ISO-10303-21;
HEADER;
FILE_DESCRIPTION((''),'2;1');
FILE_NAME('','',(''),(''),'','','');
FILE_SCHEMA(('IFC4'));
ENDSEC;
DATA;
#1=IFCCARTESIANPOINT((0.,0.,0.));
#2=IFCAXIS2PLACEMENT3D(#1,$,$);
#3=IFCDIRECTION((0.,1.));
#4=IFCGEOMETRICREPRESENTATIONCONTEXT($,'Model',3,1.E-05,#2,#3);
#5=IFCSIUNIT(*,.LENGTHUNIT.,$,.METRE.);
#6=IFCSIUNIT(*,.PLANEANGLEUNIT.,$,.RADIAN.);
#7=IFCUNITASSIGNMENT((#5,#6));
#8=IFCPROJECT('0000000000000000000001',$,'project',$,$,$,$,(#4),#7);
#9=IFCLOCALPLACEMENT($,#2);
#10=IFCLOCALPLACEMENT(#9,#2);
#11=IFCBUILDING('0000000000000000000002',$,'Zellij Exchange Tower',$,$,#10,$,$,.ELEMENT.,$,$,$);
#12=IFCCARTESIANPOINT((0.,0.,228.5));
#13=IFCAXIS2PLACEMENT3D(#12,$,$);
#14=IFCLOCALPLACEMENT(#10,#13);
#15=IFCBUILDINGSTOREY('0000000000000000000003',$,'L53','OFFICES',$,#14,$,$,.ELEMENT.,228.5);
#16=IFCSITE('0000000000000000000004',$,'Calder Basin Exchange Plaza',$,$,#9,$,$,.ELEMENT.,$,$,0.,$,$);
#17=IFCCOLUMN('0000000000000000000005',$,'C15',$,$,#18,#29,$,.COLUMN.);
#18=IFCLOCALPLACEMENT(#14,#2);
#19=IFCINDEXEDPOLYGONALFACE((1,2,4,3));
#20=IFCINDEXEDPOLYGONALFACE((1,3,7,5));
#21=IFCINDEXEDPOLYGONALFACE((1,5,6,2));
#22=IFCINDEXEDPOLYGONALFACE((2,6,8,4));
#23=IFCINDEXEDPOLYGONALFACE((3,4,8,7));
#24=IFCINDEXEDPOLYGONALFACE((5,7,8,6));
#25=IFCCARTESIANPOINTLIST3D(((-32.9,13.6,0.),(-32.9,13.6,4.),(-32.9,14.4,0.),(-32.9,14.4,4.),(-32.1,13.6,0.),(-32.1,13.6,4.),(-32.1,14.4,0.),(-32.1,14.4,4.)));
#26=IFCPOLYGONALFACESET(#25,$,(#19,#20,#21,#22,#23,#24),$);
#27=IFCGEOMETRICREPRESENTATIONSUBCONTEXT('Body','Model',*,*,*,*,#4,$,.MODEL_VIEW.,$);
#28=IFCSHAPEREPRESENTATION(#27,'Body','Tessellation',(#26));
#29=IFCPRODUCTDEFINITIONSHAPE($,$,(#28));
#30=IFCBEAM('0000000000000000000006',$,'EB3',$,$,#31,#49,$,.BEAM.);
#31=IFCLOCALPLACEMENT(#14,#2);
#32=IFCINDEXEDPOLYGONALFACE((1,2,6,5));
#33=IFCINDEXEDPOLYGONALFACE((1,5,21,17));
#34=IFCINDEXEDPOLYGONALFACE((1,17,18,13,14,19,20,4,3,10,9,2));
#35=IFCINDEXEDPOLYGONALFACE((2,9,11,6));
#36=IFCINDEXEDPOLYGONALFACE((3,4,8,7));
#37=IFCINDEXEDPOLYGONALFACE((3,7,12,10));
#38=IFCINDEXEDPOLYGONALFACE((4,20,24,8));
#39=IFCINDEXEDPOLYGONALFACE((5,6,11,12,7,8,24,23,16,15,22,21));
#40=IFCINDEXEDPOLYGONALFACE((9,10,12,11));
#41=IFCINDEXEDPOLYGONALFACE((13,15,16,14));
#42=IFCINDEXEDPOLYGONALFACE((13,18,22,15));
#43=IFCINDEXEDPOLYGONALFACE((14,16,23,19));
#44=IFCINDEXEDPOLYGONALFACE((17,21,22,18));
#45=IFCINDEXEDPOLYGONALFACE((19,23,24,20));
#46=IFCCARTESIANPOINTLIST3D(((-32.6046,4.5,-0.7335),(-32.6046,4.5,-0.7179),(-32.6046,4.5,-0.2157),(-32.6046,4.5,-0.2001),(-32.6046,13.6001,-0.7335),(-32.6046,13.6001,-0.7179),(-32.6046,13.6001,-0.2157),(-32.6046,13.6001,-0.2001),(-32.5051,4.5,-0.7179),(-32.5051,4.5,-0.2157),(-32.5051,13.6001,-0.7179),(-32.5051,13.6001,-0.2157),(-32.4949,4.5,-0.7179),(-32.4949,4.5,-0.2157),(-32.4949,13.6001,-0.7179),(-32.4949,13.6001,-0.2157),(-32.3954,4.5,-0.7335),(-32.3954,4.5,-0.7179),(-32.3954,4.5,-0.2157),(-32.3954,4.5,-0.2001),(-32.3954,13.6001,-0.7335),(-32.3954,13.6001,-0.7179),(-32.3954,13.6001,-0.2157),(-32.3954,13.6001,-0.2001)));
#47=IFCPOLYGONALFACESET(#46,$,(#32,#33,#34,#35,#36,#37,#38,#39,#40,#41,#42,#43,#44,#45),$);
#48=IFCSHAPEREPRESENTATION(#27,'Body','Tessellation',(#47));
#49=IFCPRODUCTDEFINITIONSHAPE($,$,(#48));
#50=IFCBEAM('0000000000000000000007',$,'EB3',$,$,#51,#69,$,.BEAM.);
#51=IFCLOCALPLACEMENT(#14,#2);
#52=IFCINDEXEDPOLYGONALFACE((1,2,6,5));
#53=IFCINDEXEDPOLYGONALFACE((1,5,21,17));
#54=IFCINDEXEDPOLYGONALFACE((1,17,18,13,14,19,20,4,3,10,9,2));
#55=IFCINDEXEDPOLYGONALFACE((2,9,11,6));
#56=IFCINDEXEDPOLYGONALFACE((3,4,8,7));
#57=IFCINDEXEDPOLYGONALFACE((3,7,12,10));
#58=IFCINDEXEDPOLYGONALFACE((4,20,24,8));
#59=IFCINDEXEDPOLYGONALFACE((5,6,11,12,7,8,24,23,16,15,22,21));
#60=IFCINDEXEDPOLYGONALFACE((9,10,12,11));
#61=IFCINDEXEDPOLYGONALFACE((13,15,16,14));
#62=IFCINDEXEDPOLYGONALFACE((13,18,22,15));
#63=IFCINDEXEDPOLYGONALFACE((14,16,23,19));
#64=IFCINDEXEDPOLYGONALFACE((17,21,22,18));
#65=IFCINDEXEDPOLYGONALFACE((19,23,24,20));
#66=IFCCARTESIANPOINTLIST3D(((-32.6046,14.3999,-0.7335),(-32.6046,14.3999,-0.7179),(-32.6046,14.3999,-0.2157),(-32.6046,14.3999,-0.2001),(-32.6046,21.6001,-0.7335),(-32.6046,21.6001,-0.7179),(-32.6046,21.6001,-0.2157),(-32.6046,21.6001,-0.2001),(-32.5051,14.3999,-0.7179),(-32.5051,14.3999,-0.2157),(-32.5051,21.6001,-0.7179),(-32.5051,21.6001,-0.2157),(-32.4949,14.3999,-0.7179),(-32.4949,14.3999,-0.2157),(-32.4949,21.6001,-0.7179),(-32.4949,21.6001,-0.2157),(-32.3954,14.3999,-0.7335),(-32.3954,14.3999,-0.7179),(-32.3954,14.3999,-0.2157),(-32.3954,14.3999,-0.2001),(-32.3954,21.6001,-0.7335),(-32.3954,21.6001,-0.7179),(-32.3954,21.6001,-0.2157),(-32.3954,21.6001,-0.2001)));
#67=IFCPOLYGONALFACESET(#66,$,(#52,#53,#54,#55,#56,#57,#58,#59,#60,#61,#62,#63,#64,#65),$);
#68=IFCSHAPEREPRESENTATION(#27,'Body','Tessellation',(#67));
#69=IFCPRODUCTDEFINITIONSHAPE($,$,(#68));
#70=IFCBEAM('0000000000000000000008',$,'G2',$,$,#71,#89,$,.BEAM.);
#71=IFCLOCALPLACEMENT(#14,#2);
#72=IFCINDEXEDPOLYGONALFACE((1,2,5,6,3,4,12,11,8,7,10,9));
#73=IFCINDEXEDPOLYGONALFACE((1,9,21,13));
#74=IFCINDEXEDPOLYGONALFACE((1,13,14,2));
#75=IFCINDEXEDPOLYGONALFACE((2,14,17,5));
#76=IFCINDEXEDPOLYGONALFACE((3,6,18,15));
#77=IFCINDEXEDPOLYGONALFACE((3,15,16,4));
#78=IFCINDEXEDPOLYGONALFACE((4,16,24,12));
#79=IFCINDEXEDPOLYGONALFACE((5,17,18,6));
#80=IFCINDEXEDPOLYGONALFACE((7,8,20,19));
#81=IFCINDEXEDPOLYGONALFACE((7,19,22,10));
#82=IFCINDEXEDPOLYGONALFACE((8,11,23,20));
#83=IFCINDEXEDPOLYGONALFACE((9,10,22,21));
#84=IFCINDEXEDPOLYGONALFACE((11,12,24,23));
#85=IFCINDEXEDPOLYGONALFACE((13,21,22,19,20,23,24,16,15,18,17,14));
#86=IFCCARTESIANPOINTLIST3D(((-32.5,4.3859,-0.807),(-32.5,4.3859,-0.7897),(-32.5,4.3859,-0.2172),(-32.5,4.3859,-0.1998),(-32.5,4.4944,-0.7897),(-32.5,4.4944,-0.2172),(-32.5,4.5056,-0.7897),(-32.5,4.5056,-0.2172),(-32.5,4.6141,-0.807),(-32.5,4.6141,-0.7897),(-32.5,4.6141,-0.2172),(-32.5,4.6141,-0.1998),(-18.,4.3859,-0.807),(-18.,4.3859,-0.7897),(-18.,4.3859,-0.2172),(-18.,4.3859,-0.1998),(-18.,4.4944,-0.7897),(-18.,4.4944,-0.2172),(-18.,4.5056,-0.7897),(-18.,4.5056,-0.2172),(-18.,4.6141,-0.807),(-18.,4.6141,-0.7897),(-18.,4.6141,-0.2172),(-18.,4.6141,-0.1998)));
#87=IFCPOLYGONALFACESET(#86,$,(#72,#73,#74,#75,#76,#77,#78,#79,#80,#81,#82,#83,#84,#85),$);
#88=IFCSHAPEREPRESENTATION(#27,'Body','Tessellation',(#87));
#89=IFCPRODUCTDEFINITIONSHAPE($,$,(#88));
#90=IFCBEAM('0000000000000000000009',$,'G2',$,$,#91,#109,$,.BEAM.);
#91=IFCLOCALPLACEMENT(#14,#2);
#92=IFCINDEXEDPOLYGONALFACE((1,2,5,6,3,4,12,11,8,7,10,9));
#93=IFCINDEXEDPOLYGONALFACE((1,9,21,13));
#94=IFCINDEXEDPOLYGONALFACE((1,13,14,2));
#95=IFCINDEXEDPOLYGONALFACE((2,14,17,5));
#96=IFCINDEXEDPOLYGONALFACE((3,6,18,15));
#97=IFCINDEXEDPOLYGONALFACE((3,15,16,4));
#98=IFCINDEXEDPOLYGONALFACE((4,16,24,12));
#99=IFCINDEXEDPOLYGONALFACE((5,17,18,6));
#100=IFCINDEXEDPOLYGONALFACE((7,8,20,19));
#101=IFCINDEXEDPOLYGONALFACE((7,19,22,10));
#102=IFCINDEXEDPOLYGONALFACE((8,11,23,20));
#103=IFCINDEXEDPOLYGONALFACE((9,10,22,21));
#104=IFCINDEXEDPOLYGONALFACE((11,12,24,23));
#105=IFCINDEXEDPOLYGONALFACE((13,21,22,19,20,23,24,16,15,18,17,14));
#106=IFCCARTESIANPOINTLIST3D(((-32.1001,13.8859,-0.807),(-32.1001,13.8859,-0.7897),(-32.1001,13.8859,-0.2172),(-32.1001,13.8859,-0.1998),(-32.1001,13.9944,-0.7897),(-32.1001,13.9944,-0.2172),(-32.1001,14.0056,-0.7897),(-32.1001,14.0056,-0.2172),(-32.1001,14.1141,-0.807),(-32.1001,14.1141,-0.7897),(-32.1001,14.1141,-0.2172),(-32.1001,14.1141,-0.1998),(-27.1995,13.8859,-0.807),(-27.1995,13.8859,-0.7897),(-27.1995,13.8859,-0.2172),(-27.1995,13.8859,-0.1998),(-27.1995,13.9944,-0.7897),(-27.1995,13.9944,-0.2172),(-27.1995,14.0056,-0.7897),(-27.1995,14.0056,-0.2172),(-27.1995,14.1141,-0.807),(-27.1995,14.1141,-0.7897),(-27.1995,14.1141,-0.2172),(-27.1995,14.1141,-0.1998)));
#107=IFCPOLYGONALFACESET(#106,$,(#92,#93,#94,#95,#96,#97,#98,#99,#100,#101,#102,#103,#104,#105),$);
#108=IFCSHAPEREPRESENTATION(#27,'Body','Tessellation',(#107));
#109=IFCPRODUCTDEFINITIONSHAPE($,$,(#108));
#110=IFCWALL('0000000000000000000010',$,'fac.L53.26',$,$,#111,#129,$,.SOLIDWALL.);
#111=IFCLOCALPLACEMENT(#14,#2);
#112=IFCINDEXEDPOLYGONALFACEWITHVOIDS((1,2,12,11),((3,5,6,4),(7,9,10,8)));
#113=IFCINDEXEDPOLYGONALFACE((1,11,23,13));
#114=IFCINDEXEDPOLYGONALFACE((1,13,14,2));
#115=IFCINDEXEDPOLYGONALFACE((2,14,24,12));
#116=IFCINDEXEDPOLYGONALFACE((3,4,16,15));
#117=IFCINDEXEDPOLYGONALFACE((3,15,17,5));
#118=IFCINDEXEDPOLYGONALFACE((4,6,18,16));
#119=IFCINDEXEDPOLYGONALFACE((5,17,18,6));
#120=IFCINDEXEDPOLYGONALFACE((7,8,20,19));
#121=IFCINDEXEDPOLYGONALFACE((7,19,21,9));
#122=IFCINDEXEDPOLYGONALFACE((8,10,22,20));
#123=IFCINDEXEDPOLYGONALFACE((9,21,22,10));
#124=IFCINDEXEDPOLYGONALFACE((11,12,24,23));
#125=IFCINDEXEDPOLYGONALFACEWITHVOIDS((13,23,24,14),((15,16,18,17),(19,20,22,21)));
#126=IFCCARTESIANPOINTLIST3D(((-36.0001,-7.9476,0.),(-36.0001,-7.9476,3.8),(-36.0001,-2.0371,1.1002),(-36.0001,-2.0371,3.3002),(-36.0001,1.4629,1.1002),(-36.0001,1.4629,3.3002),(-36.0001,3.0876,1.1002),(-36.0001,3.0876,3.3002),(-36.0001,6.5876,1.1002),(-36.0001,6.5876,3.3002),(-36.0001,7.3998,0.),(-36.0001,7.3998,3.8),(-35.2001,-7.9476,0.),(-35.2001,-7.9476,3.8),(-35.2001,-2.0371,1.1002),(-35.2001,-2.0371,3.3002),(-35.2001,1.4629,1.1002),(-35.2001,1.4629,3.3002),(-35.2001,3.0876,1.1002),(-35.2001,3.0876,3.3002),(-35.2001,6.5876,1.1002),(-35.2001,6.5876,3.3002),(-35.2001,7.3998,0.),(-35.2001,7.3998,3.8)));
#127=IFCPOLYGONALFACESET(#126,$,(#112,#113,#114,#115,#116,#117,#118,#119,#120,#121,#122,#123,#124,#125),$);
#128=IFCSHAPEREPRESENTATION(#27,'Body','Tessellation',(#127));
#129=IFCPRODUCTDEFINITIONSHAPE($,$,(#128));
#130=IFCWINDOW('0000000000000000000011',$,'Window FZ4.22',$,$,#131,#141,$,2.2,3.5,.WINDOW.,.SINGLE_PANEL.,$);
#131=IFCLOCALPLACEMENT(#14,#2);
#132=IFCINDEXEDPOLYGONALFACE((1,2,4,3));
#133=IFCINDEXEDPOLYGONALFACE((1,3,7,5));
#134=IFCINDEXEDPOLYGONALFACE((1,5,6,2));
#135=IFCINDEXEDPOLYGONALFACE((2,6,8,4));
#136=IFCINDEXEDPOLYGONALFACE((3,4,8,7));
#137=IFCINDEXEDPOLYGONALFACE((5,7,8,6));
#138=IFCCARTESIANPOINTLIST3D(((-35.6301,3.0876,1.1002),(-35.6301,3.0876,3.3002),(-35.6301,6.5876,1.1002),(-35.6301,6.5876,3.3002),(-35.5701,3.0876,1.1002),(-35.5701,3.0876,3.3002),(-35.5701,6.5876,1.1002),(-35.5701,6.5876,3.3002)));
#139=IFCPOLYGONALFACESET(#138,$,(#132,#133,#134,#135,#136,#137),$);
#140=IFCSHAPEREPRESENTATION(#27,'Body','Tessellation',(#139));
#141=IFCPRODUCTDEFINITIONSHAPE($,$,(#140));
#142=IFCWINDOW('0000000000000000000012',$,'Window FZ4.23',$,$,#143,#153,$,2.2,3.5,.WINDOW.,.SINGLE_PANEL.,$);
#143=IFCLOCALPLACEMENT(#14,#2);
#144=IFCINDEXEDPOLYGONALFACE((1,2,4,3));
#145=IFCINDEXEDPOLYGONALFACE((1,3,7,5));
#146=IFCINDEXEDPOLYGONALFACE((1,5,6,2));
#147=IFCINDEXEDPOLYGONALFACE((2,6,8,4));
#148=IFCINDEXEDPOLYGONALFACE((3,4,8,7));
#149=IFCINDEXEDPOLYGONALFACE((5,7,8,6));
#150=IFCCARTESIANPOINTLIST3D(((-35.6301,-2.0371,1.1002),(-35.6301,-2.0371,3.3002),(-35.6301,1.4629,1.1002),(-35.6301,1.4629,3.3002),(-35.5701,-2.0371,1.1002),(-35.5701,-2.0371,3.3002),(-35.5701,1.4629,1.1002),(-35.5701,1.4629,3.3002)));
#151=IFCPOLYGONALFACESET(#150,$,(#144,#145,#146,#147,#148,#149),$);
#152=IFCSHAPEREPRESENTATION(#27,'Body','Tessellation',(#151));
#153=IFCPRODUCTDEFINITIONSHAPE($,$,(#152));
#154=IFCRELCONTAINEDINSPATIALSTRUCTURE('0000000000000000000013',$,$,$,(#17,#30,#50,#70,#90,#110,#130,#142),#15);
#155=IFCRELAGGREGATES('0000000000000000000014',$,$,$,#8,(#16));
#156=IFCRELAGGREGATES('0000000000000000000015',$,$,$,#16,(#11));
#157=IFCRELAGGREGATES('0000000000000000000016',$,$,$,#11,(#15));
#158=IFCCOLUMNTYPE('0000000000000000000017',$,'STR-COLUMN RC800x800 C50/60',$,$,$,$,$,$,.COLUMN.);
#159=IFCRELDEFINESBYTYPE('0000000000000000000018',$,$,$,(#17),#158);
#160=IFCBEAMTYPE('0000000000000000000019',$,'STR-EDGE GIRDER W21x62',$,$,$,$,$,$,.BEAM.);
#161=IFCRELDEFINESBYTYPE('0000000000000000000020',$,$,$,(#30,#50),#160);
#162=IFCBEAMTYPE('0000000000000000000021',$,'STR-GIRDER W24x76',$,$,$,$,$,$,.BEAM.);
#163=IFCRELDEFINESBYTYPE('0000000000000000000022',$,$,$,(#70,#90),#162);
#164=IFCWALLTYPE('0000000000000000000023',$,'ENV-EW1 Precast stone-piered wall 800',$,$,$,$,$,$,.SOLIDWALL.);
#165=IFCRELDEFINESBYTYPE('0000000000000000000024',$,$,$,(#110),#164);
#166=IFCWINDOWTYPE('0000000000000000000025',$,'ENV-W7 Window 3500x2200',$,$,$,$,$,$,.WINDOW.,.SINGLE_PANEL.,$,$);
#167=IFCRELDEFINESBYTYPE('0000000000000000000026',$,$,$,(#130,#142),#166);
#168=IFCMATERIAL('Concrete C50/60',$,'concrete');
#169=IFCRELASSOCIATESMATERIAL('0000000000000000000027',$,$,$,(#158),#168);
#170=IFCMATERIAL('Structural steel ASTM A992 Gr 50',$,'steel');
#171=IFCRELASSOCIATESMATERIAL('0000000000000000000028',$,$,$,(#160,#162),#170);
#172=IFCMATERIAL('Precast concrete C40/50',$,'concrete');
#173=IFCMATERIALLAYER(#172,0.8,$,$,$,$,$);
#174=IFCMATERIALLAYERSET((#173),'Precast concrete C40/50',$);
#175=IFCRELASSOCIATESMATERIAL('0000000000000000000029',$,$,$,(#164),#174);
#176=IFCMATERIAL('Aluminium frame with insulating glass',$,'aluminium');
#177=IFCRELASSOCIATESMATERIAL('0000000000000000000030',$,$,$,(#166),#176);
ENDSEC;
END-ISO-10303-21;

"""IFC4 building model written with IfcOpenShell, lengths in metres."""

from ifc_helpers import new_model, si_unit, direction, frame, frame_2d, origin, origin_2d, place, context, subcontext, project, spatial, rectangle, i_section, extrude, material, layer, layer_set, material_profile, profile_set, type_object, element, fill, save


model = new_model("IFC4")

# Units and contexts
model_context = context("Model", 3, precision=1e-05, world=origin(), true_north=direction((0.0, 1.0)))
body_context = subcontext(model_context, "Body", "Model", "MODEL_VIEW")
ifc_project = project(units=[si_unit("LENGTHUNIT", "METRE"), si_unit("PLANEANGLEUNIT", "RADIAN")], contexts=[model_context])

# Site, building, storey
site_placement = place(None, origin())
site = spatial("IfcSite", under=ifc_project, at=site_placement, Name="Calder Basin Exchange Plaza", CompositionType="ELEMENT", RefElevation=0.0)
building_placement = place(site_placement, origin())
building = spatial("IfcBuilding", under=site, at=building_placement, Name="Zellij Exchange Tower", CompositionType="ELEMENT")
storey_placement = place(building_placement, frame((0.0, 0.0, 228.5)))
storey = spatial("IfcBuildingStorey", under=building, at=storey_placement, Name="L53", Description="OFFICES", CompositionType="ELEMENT", Elevation=228.5)

# Column
ifc_material_1 = material(Name="Concrete C50/60", Category="concrete")
ifc_material_profile_1 = material_profile(ifc_material_1, rectangle(XDim=0.8, YDim=0.8, at=origin_2d()), Name="STR-COLUMN RC800x800 C50/60")
ifc_profile_set_1 = profile_set([ifc_material_profile_1], Name="Concrete C50/60")
column_type = type_object("IfcColumnType", Name="STR-COLUMN RC800x800 C50/60", PredefinedType="COLUMN", material=ifc_profile_set_1)
column_placement = place(storey_placement, frame((-32.5, 14.0, 0.0), z_axis=(0.0, 0.0, 1.0), x_axis=(1.0, 0.0, 0.0)))
element("IfcColumn", 1, at=column_placement, inside=storey, type_object=column_type, Name="C15", PredefinedType="COLUMN", context=body_context, shape_type="SweptSolid", body=[
    extrude(rectangle(XDim=0.8, YDim=0.8, at=origin_2d()), origin(), (0.0, 0.0, 1.0), 4.0),
])

# Beams
ifc_material_2 = material(Name="Structural steel ASTM A992 Gr 50", Category="steel")
ifc_material_profile_2 = material_profile(ifc_material_2, i_section(OverallWidth=0.2092, OverallDepth=0.5334, WebThickness=0.0103, FlangeThickness=0.0156, at=origin_2d()), Name="W21x62")
ifc_profile_set_2 = profile_set([ifc_material_profile_2], Name="Structural steel ASTM A992 Gr 50")
beam_type_1 = type_object("IfcBeamType", Name="STR-EDGE GIRDER W21x62", PredefinedType="BEAM", material=ifc_profile_set_2)
beam_1_placement = place(storey_placement, frame((-32.5, 4.5, -0.4668), z_axis=(0.0, 1.0, 0.0), x_axis=(-1.0, 0.0, 0.0)))
element("IfcBeam", 2, at=beam_1_placement, inside=storey, type_object=beam_type_1, Name="EB3", PredefinedType="BEAM", context=body_context, shape_type="SweptSolid", body=[
    extrude(i_section(OverallWidth=0.2092, OverallDepth=0.5334, WebThickness=0.0103, FlangeThickness=0.0156, at=origin_2d()), origin(), (0.0, 0.0, 1.0), 9.1001),
])
beam_2_placement = place(storey_placement, frame((-32.5, 14.3999, -0.4668), z_axis=(0.0, 1.0, 0.0), x_axis=(-1.0, 0.0, 0.0)))
element("IfcBeam", 3, at=beam_2_placement, inside=storey, type_object=beam_type_1, Name="EB3", PredefinedType="BEAM", context=body_context, shape_type="SweptSolid", body=[
    extrude(i_section(OverallWidth=0.2092, OverallDepth=0.5334, WebThickness=0.0103, FlangeThickness=0.0156, at=origin_2d()), origin(), (0.0, 0.0, 1.0), 7.2002),
])
ifc_material_profile_3 = material_profile(ifc_material_2, i_section(OverallWidth=0.2283, OverallDepth=0.6072, WebThickness=0.0112, FlangeThickness=0.0173, at=origin_2d()), Name="W24x76")
ifc_profile_set_3 = profile_set([ifc_material_profile_3], Name="Structural steel ASTM A992 Gr 50")
beam_type_2 = type_object("IfcBeamType", Name="STR-GIRDER W24x76", PredefinedType="BEAM", material=ifc_profile_set_3)
beam_3_placement = place(storey_placement, frame((-32.5, 4.5, -0.5034), z_axis=(1.0, 0.0, 0.0), x_axis=(0.0, 1.0, 0.0)))
element("IfcBeam", 4, at=beam_3_placement, inside=storey, type_object=beam_type_2, Name="G2", PredefinedType="BEAM", context=body_context, shape_type="SweptSolid", body=[
    extrude(i_section(OverallWidth=0.2283, OverallDepth=0.6072, WebThickness=0.0112, FlangeThickness=0.0173, at=origin_2d()), origin(), (0.0, 0.0, 1.0), 14.5),
])
beam_4_placement = place(storey_placement, frame((-32.1001, 14.0, -0.5034), z_axis=(1.0, 0.0, 0.0), x_axis=(0.0, 1.0, 0.0)))
element("IfcBeam", 5, at=beam_4_placement, inside=storey, type_object=beam_type_2, Name="G2", PredefinedType="BEAM", context=body_context, shape_type="SweptSolid", body=[
    extrude(i_section(OverallWidth=0.2283, OverallDepth=0.6072, WebThickness=0.0112, FlangeThickness=0.0173, at=origin_2d()), origin(), (0.0, 0.0, 1.0), 4.9006),
])

# Wall, openings, windows
ifc_material_3 = material(Name="Precast concrete C40/50", Category="concrete")
ifc_layer_1 = layer(ifc_material_3, 0.8)
ifc_layer_set_1 = layer_set([ifc_layer_1], Name="Precast concrete C40/50")
wall_type_1 = type_object("IfcWallType", Name="ENV-EW1 Precast stone-piered wall 800", PredefinedType="SOLIDWALL", material=ifc_layer_set_1)
wall_1_placement = place(storey_placement, frame((-35.6001, 7.3999, 0.0), z_axis=(0.0, 0.0, 1.0), x_axis=(0.0, -1.0, 0.0)))
wall_1 = element("IfcWall", 6, at=wall_1_placement, inside=storey, type_object=wall_type_1, Name="fac.L53.26", PredefinedType="SOLIDWALL", context=body_context, shape_type="SweptSolid", body=[
    extrude(rectangle(XDim=15.3474, YDim=0.8, at=frame_2d((7.6738, 0.0))), origin(), (0.0, 0.0, 1.0), 3.8),
])
opening_1_placement = place(wall_1_placement, frame((0.8123, 0.0, 1.1001)))
opening_1 = element("IfcOpeningElement", 7, at=opening_1_placement, cuts=wall_1, PredefinedType="OPENING", context=body_context, shape_type="SweptSolid", body=[
    extrude(rectangle(XDim=3.5, YDim=2.2, at=frame_2d((1.75, 1.1001))), frame((0.0, 0.4121, 0.0), z_axis=(0.0, -1.0, 0.0), x_axis=(1.0, 0.0, 0.0)), (0.0, 0.0, 1.0), 0.824),
])
opening_2_placement = place(wall_1_placement, frame((5.937, 0.0, 1.1001)))
opening_2 = element("IfcOpeningElement", 8, at=opening_2_placement, cuts=wall_1, PredefinedType="OPENING", context=body_context, shape_type="SweptSolid", body=[
    extrude(rectangle(XDim=3.5, YDim=2.2, at=frame_2d((1.75, 1.1001))), frame((0.0, 0.4121, 0.0), z_axis=(0.0, -1.0, 0.0), x_axis=(1.0, 0.0, 0.0)), (0.0, 0.0, 1.0), 0.824),
])
ifc_material_4 = material(Name="Aluminium frame with insulating glass", Category="aluminium")
window_type = type_object("IfcWindowType", Name="ENV-W7 Window 3500x2200", PartitioningType="SINGLE_PANEL", PredefinedType="WINDOW", material=ifc_material_4)
window_1_placement = place(opening_1_placement, origin())
window_1 = element("IfcWindow", 9, at=window_1_placement, inside=storey, type_object=window_type, Name="Window FZ4.22", OverallHeight=2.2, OverallWidth=3.5, PartitioningType="SINGLE_PANEL", PredefinedType="WINDOW", context=body_context, shape_type="SweptSolid", body=[
    extrude(rectangle(XDim=3.5, YDim=2.2, at=frame_2d((1.75, 1.1001))), frame((0.0, 0.03, 0.0), z_axis=(0.0, -1.0, 0.0), x_axis=(1.0, 0.0, 0.0)), (0.0, 0.0, 1.0), 0.0601),
])
fill(opening_1, window_1)
window_2_placement = place(opening_2_placement, origin())
window_2 = element("IfcWindow", 10, at=window_2_placement, inside=storey, type_object=window_type, Name="Window FZ4.23", OverallHeight=2.2, OverallWidth=3.5, PartitioningType="SINGLE_PANEL", PredefinedType="WINDOW", context=body_context, shape_type="SweptSolid", body=[
    extrude(rectangle(XDim=3.5, YDim=2.2, at=frame_2d((1.75, 1.1001))), frame((0.0, 0.03, 0.0), z_axis=(0.0, -1.0, 0.0), x_axis=(1.0, 0.0, 0.0)), (0.0, 0.0, 1.0), 0.0601),
])
fill(opening_2, window_2)

save(model, "model.ifc")
